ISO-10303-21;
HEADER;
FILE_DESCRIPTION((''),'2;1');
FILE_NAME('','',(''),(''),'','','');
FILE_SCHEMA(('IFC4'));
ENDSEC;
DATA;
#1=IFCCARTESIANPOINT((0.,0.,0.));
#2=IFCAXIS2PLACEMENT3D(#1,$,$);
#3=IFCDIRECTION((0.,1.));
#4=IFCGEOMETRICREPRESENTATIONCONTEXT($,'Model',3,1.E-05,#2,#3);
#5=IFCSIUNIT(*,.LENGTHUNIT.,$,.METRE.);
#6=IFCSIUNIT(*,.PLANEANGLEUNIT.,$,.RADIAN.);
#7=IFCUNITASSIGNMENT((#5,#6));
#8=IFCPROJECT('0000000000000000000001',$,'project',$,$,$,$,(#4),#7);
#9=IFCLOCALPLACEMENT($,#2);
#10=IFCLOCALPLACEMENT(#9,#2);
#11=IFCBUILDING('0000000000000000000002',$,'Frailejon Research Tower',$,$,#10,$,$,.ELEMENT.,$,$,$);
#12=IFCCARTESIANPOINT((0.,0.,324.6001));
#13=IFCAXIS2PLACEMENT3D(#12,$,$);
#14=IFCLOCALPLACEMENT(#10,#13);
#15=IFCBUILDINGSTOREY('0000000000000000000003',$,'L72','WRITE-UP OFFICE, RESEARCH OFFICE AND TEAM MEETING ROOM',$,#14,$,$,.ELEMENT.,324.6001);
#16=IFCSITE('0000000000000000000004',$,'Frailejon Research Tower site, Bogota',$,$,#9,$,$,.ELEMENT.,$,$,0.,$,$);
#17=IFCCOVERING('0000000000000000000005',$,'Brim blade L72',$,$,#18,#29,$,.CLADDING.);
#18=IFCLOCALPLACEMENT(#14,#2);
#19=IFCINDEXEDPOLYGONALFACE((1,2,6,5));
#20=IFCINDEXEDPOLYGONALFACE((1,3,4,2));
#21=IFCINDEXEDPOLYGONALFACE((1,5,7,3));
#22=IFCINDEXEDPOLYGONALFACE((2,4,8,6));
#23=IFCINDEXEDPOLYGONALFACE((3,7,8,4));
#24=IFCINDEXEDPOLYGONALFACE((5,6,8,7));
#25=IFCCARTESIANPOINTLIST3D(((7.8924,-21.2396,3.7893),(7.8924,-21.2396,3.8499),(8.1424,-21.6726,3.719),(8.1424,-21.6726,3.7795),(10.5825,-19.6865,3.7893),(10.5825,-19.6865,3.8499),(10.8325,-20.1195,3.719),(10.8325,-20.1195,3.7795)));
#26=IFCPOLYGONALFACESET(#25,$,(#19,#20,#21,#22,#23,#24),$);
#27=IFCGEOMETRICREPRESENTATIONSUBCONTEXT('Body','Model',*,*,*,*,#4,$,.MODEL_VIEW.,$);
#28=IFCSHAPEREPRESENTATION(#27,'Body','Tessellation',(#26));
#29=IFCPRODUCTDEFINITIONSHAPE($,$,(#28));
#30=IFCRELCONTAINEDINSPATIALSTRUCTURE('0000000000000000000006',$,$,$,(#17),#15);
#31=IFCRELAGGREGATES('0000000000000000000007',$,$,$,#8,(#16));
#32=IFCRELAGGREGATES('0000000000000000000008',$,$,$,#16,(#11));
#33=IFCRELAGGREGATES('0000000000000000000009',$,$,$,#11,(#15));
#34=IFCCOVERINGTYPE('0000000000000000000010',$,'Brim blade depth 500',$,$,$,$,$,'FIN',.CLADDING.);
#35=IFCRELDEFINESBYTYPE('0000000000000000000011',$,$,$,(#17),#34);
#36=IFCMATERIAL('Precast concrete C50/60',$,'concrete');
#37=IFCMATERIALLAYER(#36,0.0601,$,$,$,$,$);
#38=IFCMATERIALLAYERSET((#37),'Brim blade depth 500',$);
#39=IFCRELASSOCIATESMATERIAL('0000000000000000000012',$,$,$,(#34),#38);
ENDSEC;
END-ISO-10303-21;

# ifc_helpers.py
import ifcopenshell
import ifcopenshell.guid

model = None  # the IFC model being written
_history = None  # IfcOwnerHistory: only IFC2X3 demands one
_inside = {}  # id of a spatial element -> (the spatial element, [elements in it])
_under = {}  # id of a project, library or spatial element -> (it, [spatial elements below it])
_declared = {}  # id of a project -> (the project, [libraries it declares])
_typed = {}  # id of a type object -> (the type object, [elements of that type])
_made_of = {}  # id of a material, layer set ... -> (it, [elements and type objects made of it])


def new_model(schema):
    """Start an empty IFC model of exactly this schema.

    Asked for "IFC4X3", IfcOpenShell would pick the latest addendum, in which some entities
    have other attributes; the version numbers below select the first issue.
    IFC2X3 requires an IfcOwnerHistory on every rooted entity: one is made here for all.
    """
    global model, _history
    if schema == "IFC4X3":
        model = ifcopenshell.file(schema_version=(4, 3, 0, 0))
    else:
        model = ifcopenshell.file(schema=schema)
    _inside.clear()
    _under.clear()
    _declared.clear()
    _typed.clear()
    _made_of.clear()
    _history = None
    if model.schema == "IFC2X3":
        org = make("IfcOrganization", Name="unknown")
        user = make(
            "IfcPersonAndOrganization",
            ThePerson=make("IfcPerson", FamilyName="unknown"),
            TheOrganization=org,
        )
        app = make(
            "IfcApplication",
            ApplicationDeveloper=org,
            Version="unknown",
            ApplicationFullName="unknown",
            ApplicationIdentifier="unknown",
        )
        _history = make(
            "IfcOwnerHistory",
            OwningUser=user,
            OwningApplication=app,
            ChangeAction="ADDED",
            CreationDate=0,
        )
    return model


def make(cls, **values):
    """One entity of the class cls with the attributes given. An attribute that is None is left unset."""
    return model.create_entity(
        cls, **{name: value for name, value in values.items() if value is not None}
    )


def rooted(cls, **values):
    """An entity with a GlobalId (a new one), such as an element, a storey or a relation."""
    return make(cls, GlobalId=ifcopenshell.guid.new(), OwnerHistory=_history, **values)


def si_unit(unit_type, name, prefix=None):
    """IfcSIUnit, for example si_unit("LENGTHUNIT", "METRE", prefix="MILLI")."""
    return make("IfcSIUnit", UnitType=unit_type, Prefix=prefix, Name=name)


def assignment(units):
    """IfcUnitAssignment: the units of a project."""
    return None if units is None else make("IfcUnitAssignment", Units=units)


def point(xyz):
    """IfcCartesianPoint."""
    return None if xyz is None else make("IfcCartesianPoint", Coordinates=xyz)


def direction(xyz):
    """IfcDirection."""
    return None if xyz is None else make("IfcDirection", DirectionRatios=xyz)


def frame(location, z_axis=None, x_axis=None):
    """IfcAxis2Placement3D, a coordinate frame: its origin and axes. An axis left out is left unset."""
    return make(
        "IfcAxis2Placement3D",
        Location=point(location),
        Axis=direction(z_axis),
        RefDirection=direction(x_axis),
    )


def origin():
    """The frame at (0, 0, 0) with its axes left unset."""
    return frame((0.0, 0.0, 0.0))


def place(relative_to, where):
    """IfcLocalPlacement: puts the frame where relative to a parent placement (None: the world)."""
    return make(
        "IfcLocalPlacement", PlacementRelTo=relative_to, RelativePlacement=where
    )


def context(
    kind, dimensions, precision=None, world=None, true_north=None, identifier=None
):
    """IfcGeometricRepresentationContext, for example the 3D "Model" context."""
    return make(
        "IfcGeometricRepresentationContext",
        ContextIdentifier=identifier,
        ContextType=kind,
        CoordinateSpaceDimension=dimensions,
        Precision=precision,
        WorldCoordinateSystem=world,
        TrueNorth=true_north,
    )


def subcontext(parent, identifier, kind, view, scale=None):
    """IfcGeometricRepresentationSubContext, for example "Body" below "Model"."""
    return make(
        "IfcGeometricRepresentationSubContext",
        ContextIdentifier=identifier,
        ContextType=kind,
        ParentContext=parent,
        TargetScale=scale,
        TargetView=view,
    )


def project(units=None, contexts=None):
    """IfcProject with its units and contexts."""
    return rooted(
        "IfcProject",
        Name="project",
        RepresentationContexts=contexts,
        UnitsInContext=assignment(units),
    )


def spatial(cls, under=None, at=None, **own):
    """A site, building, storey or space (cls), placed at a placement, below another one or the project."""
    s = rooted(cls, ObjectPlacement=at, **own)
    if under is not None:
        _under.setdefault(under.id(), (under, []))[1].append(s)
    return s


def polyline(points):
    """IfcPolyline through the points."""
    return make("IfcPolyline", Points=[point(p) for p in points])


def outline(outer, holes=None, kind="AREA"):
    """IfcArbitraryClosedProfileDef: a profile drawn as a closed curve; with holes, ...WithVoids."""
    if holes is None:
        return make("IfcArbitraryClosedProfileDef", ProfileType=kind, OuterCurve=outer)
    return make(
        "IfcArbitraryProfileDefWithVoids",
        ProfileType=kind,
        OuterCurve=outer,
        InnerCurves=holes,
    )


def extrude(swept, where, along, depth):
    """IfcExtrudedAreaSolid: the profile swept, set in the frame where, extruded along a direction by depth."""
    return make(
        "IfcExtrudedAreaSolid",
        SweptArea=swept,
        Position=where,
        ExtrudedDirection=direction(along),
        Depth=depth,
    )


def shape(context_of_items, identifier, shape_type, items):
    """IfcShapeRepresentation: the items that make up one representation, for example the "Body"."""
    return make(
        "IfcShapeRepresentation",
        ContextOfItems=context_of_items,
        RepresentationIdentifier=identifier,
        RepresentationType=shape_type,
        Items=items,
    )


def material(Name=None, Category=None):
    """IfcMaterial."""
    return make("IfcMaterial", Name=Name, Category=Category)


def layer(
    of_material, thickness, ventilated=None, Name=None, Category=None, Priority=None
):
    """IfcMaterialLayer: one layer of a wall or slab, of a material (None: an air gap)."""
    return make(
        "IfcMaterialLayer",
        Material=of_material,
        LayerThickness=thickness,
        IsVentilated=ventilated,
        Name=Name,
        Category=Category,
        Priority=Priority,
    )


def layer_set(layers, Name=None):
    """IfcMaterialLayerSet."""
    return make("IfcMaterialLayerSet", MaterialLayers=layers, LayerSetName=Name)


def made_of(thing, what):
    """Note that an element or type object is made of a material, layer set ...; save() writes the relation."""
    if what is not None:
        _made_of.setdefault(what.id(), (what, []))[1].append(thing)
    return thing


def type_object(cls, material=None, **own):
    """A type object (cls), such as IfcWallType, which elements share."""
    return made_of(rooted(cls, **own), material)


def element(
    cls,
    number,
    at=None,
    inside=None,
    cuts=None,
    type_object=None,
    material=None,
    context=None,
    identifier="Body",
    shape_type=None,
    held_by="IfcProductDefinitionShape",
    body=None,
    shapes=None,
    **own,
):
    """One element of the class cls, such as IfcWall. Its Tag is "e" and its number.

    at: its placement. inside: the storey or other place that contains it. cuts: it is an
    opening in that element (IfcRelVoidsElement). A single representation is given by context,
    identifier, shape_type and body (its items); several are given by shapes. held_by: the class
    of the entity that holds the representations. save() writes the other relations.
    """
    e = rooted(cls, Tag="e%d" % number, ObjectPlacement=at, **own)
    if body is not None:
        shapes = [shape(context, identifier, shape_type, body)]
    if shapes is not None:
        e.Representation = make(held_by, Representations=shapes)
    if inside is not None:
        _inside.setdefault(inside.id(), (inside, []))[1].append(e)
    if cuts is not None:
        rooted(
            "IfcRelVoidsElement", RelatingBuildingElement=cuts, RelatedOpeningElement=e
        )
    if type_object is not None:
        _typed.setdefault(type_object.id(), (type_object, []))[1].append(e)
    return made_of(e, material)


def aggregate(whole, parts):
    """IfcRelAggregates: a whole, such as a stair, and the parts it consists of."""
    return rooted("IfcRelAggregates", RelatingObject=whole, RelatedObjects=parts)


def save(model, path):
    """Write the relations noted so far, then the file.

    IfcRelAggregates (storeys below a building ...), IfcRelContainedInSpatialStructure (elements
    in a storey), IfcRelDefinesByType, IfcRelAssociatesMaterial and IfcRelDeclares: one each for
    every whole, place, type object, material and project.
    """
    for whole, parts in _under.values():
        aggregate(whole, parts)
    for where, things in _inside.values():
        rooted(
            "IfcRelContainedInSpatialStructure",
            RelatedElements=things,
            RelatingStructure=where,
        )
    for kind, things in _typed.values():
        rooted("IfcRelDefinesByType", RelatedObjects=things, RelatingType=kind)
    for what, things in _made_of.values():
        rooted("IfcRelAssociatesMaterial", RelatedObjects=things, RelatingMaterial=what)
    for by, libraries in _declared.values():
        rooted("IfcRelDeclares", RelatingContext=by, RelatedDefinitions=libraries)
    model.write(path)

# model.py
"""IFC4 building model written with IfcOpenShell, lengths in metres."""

from ifc_helpers import new_model, si_unit, direction, frame, origin, place, context, subcontext, project, spatial, polyline, outline, extrude, material, layer, layer_set, type_object, element, save


model = new_model("IFC4")

# Units and contexts
model_context = context("Model", 3, precision=1e-05, world=origin(), true_north=direction((0.0, 1.0)))
body_context = subcontext(model_context, "Body", "Model", "MODEL_VIEW")
ifc_project = project(units=[si_unit("LENGTHUNIT", "METRE"), si_unit("PLANEANGLEUNIT", "RADIAN")], contexts=[model_context])

# Site, building, storey
site_placement = place(None, origin())
site = spatial("IfcSite", under=ifc_project, at=site_placement, Name="Frailejon Research Tower site, Bogota", CompositionType="ELEMENT", RefElevation=0.0)
building_placement = place(site_placement, origin())
building = spatial("IfcBuilding", under=site, at=building_placement, Name="Frailejon Research Tower", CompositionType="ELEMENT")
storey_placement = place(building_placement, frame((0.0, 0.0, 324.6001)))
storey = spatial("IfcBuildingStorey", under=building, at=storey_placement, Name="L72", Description="WRITE-UP OFFICE, RESEARCH OFFICE AND TEAM MEETING ROOM", CompositionType="ELEMENT", Elevation=324.6001)

# Covering
ifc_material_1 = material(Name="Precast concrete C50/60", Category="concrete")
ifc_layer_1 = layer(ifc_material_1, 0.0601)
ifc_layer_set_1 = layer_set([ifc_layer_1], Name="Brim blade depth 500")
covering_type_1 = type_object("IfcCoveringType", Name="Brim blade depth 500", ElementType="FIN", PredefinedType="CLADDING", material=ifc_layer_set_1)
covering_1_placement = place(storey_placement, frame((10.5825, -19.6865, 3.8499), z_axis=(-0.866035, -0.499983, 0.0), x_axis=(0.499983, -0.866035, 0.0)))
element("IfcCovering", 1, at=covering_1_placement, inside=storey, type_object=covering_type_1, Name="Brim blade L72", PredefinedType="CLADDING", context=body_context, shape_type="SweptSolid", body=[
    extrude(outline(polyline([(0.0, -0.0605), (0.5, -0.1309), (0.5, -0.0703), (0.0, 0.0), (0.0, -0.0605)])), origin(), (0.0, 0.0, 1.0), 3.1062),
])

save(model, "model.ifc")
